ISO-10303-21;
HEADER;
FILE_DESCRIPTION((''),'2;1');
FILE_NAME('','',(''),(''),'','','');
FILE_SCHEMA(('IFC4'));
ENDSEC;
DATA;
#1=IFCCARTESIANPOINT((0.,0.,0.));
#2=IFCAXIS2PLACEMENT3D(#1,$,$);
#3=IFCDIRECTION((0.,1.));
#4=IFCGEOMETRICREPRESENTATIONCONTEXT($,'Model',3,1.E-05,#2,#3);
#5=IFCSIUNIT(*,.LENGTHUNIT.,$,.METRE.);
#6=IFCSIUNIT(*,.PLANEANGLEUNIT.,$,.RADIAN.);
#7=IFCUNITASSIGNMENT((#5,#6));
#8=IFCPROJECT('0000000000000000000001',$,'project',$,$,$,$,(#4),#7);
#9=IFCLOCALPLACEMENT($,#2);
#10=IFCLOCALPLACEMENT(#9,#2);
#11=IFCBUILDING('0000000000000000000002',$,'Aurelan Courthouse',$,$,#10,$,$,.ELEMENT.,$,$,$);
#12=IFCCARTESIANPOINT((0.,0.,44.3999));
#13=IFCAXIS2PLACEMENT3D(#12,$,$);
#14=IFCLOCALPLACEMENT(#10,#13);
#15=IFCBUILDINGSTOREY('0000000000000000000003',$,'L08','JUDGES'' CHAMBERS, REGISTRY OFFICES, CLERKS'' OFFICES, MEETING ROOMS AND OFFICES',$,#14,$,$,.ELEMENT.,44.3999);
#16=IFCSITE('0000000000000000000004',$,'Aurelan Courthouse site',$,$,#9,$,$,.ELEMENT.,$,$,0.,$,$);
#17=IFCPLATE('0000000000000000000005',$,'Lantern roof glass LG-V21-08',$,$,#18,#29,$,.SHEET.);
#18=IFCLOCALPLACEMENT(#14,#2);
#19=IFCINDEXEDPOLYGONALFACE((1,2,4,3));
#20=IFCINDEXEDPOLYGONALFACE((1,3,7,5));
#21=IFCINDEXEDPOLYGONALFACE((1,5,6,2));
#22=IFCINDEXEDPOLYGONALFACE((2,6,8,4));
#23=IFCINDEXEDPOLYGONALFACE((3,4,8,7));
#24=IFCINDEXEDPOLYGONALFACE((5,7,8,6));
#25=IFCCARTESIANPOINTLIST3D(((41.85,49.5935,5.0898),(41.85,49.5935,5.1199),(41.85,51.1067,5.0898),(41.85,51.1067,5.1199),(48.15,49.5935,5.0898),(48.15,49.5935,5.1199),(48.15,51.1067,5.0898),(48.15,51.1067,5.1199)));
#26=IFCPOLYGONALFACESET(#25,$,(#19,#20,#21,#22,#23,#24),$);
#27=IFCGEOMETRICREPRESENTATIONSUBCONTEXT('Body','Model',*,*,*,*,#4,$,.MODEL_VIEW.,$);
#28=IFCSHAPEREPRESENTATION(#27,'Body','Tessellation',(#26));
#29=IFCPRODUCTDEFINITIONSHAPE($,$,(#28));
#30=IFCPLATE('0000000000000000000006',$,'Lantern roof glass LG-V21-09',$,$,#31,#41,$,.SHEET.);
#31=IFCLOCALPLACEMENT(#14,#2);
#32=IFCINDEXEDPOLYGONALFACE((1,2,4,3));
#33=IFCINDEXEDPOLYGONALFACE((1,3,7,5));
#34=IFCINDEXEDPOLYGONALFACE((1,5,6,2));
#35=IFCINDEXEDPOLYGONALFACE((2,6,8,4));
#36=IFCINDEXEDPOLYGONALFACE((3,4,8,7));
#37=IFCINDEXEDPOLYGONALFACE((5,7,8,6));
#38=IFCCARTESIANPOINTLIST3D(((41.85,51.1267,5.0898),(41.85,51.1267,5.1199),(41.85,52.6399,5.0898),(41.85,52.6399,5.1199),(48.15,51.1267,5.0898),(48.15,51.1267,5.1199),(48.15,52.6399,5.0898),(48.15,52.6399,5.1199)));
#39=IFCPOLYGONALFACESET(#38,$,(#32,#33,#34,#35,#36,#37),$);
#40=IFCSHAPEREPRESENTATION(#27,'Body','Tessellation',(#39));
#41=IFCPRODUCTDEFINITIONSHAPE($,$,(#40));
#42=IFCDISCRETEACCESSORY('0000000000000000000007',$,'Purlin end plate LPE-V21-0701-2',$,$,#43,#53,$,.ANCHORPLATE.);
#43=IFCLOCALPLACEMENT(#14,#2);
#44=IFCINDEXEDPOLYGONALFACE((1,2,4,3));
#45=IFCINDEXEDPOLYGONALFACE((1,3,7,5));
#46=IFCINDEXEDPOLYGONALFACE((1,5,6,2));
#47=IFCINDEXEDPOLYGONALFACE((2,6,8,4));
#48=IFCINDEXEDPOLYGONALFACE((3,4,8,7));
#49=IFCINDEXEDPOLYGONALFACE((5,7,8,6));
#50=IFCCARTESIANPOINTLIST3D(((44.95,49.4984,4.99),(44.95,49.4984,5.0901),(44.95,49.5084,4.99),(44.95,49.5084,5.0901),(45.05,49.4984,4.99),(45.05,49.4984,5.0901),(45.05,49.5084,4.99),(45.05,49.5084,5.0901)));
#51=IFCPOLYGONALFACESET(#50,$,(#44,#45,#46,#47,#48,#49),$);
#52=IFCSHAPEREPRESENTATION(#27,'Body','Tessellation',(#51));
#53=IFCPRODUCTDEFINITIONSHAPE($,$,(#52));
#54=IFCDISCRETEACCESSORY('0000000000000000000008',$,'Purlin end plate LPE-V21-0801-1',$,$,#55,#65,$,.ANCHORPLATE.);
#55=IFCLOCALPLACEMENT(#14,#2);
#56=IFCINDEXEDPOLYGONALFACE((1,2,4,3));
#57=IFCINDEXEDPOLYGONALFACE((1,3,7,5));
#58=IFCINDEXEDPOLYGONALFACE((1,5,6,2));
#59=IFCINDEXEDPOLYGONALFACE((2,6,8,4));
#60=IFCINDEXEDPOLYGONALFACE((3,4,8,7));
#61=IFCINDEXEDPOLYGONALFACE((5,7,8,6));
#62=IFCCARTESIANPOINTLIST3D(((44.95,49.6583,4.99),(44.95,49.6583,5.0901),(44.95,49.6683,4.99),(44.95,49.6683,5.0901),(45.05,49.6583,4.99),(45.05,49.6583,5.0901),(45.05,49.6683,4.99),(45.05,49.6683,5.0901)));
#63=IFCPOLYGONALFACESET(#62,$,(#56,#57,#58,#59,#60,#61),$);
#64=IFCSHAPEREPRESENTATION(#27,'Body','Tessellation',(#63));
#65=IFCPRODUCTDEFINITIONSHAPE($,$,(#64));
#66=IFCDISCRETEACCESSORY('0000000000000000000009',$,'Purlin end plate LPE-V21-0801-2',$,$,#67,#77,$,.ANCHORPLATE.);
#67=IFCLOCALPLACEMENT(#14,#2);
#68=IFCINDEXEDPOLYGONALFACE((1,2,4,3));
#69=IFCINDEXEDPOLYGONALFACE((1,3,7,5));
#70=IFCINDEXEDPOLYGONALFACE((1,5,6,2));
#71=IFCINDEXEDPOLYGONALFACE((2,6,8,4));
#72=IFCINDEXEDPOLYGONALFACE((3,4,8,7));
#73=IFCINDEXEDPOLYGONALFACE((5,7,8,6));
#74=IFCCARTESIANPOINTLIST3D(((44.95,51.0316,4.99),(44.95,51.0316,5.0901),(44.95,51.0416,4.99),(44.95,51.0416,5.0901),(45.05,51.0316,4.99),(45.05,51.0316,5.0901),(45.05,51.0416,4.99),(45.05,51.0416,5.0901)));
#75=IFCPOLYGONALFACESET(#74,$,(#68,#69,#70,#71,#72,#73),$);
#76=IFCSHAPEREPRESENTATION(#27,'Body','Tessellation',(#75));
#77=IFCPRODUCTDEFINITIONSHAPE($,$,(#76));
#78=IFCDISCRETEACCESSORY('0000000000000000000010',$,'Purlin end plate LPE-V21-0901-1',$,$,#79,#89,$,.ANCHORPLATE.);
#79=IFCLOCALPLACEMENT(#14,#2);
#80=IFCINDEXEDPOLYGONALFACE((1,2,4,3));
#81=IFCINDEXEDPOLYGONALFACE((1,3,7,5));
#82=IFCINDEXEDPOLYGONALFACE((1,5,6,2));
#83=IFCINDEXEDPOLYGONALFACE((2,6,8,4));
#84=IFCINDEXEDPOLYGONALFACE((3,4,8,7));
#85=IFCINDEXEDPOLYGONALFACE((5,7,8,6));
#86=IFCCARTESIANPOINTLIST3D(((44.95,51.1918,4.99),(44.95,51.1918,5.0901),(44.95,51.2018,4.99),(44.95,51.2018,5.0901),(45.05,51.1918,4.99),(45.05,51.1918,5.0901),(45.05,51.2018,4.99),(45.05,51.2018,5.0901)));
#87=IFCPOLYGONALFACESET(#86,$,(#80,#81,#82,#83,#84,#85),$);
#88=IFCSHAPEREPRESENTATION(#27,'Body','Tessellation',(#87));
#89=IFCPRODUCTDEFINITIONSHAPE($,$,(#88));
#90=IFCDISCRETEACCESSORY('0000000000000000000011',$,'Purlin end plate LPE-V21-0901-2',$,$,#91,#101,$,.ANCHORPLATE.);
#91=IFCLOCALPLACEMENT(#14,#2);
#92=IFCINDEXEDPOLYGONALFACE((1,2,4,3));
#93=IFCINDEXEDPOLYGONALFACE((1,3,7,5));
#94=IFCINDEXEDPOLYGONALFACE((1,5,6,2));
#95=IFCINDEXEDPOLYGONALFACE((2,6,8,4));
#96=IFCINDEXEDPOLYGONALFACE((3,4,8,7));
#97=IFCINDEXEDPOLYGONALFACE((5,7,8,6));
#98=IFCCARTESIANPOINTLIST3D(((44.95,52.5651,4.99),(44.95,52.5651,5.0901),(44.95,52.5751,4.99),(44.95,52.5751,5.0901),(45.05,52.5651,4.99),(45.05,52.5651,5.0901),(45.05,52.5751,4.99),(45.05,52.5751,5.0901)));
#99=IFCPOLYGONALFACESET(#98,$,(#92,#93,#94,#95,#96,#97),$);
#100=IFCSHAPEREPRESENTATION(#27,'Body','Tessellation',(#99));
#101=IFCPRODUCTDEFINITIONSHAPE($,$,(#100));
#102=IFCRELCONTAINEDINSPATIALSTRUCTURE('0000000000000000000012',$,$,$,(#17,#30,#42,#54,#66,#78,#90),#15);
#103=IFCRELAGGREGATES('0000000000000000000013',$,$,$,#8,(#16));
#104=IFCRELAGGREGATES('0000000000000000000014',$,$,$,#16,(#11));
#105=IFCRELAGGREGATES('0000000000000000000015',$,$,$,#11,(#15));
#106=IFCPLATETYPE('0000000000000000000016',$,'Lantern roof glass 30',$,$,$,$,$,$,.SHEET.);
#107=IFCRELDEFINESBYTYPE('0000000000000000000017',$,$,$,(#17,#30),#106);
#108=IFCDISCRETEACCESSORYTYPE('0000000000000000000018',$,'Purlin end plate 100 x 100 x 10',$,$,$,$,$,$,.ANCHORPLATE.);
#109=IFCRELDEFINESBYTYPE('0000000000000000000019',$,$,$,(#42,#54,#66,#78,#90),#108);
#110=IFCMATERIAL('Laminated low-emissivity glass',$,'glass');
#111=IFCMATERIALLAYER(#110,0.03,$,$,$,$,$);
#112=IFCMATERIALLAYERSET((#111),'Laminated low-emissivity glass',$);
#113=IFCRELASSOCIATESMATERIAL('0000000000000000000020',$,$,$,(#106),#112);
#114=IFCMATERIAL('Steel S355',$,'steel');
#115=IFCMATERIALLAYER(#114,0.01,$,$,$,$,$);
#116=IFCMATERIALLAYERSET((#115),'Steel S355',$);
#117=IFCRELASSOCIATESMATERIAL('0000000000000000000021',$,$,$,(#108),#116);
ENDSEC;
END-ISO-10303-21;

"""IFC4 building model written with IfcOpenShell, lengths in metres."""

from ifc_helpers import new_model, si_unit, direction, frame, origin, origin_2d, place, context, subcontext, project, spatial, rectangle, extrude, material, layer, layer_set, type_object, element, save


model = new_model("IFC4")

# Units and contexts
model_context = context("Model", 3, precision=1e-05, world=origin(), true_north=direction((0.0, 1.0)))
body_context = subcontext(model_context, "Body", "Model", "MODEL_VIEW")
ifc_project = project(units=[si_unit("LENGTHUNIT", "METRE"), si_unit("PLANEANGLEUNIT", "RADIAN")], contexts=[model_context])

# Site, building, storey
site_placement = place(None, origin())
site = spatial("IfcSite", under=ifc_project, at=site_placement, Name="Aurelan Courthouse site", CompositionType="ELEMENT", RefElevation=0.0)
building_placement = place(site_placement, origin())
building = spatial("IfcBuilding", under=site, at=building_placement, Name="Aurelan Courthouse", CompositionType="ELEMENT")
storey_placement = place(building_placement, frame((0.0, 0.0, 44.3999)))
storey = spatial("IfcBuildingStorey", under=building, at=storey_placement, Name="L08", Description="JUDGES' CHAMBERS, REGISTRY OFFICES, CLERKS' OFFICES, MEETING ROOMS AND OFFICES", CompositionType="ELEMENT", Elevation=44.3999)

# Shared definitions
ifc_material_1 = material(Name="Steel S355", Category="steel")

# Shared definitions
ifc_material_2 = material(Name="Laminated low-emissivity glass", Category="glass")

# Plates
ifc_layer_1 = layer(ifc_material_2, 0.03)
ifc_layer_set_1 = layer_set([ifc_layer_1], Name="Laminated low-emissivity glass")
plate_type_1 = type_object("IfcPlateType", Name="Lantern roof glass 30", PredefinedType="SHEET", material=ifc_layer_set_1)
for number, where, z_axis, x_axis, name in (
    (1, (45.0, 50.3501, 5.0898), (0.0, 0.0, 1.0), (1.0, 0.0, 0.0), "Lantern roof glass LG-V21-08"),
    (2, (45.0, 51.8833, 5.0898), (0.0, 0.0, 1.0), (1.0, 0.0, 0.0), "Lantern roof glass LG-V21-09"),
):
    element("IfcPlate", number, at=place(storey_placement, frame(where, z_axis=z_axis, x_axis=x_axis)), inside=storey, type_object=plate_type_1, Name=name, PredefinedType="SHEET", context=body_context, shape_type="SweptSolid", body=[
        extrude(rectangle(XDim=6.3, YDim=1.5132, at=origin_2d()), origin(), (0.0, 0.0, 1.0), 0.03),
    ])

# Discrete accessories
ifc_layer_2 = layer(ifc_material_1, 0.01)
ifc_layer_set_2 = layer_set([ifc_layer_2], Name="Steel S355")
discrete_accessory_type = type_object("IfcDiscreteAccessoryType", Name="Purlin end plate 100 x 100 x 10", PredefinedType="ANCHORPLATE", material=ifc_layer_set_2)
for number, where, z_axis, x_axis, name in (
    (3, (45.0, 49.5034, 4.99), (0.0, 0.0, 1.0), (1.0, 0.0, 0.0), "Purlin end plate LPE-V21-0701-2"),
    (4, (45.0, 49.6633, 4.99), (0.0, 0.0, 1.0), (1.0, 0.0, 0.0), "Purlin end plate LPE-V21-0801-1"),
    (5, (45.0, 51.0366, 4.99), (0.0, 0.0, 1.0), (1.0, 0.0, 0.0), "Purlin end plate LPE-V21-0801-2"),
    (6, (45.0, 51.1968, 4.99), (0.0, 0.0, 1.0), (1.0, 0.0, 0.0), "Purlin end plate LPE-V21-0901-1"),
    (7, (45.0, 52.5701, 4.99), (0.0, 0.0, 1.0), (1.0, 0.0, 0.0), "Purlin end plate LPE-V21-0901-2"),
):
    element("IfcDiscreteAccessory", number, at=place(storey_placement, frame(where, z_axis=z_axis, x_axis=x_axis)), inside=storey, type_object=discrete_accessory_type, Name=name, PredefinedType="ANCHORPLATE", context=body_context, shape_type="SweptSolid", body=[
        extrude(rectangle(XDim=0.1001, YDim=0.01, at=origin_2d()), origin(), (0.0, 0.0, 1.0), 0.1001),
    ])

save(model, "model.ifc")
